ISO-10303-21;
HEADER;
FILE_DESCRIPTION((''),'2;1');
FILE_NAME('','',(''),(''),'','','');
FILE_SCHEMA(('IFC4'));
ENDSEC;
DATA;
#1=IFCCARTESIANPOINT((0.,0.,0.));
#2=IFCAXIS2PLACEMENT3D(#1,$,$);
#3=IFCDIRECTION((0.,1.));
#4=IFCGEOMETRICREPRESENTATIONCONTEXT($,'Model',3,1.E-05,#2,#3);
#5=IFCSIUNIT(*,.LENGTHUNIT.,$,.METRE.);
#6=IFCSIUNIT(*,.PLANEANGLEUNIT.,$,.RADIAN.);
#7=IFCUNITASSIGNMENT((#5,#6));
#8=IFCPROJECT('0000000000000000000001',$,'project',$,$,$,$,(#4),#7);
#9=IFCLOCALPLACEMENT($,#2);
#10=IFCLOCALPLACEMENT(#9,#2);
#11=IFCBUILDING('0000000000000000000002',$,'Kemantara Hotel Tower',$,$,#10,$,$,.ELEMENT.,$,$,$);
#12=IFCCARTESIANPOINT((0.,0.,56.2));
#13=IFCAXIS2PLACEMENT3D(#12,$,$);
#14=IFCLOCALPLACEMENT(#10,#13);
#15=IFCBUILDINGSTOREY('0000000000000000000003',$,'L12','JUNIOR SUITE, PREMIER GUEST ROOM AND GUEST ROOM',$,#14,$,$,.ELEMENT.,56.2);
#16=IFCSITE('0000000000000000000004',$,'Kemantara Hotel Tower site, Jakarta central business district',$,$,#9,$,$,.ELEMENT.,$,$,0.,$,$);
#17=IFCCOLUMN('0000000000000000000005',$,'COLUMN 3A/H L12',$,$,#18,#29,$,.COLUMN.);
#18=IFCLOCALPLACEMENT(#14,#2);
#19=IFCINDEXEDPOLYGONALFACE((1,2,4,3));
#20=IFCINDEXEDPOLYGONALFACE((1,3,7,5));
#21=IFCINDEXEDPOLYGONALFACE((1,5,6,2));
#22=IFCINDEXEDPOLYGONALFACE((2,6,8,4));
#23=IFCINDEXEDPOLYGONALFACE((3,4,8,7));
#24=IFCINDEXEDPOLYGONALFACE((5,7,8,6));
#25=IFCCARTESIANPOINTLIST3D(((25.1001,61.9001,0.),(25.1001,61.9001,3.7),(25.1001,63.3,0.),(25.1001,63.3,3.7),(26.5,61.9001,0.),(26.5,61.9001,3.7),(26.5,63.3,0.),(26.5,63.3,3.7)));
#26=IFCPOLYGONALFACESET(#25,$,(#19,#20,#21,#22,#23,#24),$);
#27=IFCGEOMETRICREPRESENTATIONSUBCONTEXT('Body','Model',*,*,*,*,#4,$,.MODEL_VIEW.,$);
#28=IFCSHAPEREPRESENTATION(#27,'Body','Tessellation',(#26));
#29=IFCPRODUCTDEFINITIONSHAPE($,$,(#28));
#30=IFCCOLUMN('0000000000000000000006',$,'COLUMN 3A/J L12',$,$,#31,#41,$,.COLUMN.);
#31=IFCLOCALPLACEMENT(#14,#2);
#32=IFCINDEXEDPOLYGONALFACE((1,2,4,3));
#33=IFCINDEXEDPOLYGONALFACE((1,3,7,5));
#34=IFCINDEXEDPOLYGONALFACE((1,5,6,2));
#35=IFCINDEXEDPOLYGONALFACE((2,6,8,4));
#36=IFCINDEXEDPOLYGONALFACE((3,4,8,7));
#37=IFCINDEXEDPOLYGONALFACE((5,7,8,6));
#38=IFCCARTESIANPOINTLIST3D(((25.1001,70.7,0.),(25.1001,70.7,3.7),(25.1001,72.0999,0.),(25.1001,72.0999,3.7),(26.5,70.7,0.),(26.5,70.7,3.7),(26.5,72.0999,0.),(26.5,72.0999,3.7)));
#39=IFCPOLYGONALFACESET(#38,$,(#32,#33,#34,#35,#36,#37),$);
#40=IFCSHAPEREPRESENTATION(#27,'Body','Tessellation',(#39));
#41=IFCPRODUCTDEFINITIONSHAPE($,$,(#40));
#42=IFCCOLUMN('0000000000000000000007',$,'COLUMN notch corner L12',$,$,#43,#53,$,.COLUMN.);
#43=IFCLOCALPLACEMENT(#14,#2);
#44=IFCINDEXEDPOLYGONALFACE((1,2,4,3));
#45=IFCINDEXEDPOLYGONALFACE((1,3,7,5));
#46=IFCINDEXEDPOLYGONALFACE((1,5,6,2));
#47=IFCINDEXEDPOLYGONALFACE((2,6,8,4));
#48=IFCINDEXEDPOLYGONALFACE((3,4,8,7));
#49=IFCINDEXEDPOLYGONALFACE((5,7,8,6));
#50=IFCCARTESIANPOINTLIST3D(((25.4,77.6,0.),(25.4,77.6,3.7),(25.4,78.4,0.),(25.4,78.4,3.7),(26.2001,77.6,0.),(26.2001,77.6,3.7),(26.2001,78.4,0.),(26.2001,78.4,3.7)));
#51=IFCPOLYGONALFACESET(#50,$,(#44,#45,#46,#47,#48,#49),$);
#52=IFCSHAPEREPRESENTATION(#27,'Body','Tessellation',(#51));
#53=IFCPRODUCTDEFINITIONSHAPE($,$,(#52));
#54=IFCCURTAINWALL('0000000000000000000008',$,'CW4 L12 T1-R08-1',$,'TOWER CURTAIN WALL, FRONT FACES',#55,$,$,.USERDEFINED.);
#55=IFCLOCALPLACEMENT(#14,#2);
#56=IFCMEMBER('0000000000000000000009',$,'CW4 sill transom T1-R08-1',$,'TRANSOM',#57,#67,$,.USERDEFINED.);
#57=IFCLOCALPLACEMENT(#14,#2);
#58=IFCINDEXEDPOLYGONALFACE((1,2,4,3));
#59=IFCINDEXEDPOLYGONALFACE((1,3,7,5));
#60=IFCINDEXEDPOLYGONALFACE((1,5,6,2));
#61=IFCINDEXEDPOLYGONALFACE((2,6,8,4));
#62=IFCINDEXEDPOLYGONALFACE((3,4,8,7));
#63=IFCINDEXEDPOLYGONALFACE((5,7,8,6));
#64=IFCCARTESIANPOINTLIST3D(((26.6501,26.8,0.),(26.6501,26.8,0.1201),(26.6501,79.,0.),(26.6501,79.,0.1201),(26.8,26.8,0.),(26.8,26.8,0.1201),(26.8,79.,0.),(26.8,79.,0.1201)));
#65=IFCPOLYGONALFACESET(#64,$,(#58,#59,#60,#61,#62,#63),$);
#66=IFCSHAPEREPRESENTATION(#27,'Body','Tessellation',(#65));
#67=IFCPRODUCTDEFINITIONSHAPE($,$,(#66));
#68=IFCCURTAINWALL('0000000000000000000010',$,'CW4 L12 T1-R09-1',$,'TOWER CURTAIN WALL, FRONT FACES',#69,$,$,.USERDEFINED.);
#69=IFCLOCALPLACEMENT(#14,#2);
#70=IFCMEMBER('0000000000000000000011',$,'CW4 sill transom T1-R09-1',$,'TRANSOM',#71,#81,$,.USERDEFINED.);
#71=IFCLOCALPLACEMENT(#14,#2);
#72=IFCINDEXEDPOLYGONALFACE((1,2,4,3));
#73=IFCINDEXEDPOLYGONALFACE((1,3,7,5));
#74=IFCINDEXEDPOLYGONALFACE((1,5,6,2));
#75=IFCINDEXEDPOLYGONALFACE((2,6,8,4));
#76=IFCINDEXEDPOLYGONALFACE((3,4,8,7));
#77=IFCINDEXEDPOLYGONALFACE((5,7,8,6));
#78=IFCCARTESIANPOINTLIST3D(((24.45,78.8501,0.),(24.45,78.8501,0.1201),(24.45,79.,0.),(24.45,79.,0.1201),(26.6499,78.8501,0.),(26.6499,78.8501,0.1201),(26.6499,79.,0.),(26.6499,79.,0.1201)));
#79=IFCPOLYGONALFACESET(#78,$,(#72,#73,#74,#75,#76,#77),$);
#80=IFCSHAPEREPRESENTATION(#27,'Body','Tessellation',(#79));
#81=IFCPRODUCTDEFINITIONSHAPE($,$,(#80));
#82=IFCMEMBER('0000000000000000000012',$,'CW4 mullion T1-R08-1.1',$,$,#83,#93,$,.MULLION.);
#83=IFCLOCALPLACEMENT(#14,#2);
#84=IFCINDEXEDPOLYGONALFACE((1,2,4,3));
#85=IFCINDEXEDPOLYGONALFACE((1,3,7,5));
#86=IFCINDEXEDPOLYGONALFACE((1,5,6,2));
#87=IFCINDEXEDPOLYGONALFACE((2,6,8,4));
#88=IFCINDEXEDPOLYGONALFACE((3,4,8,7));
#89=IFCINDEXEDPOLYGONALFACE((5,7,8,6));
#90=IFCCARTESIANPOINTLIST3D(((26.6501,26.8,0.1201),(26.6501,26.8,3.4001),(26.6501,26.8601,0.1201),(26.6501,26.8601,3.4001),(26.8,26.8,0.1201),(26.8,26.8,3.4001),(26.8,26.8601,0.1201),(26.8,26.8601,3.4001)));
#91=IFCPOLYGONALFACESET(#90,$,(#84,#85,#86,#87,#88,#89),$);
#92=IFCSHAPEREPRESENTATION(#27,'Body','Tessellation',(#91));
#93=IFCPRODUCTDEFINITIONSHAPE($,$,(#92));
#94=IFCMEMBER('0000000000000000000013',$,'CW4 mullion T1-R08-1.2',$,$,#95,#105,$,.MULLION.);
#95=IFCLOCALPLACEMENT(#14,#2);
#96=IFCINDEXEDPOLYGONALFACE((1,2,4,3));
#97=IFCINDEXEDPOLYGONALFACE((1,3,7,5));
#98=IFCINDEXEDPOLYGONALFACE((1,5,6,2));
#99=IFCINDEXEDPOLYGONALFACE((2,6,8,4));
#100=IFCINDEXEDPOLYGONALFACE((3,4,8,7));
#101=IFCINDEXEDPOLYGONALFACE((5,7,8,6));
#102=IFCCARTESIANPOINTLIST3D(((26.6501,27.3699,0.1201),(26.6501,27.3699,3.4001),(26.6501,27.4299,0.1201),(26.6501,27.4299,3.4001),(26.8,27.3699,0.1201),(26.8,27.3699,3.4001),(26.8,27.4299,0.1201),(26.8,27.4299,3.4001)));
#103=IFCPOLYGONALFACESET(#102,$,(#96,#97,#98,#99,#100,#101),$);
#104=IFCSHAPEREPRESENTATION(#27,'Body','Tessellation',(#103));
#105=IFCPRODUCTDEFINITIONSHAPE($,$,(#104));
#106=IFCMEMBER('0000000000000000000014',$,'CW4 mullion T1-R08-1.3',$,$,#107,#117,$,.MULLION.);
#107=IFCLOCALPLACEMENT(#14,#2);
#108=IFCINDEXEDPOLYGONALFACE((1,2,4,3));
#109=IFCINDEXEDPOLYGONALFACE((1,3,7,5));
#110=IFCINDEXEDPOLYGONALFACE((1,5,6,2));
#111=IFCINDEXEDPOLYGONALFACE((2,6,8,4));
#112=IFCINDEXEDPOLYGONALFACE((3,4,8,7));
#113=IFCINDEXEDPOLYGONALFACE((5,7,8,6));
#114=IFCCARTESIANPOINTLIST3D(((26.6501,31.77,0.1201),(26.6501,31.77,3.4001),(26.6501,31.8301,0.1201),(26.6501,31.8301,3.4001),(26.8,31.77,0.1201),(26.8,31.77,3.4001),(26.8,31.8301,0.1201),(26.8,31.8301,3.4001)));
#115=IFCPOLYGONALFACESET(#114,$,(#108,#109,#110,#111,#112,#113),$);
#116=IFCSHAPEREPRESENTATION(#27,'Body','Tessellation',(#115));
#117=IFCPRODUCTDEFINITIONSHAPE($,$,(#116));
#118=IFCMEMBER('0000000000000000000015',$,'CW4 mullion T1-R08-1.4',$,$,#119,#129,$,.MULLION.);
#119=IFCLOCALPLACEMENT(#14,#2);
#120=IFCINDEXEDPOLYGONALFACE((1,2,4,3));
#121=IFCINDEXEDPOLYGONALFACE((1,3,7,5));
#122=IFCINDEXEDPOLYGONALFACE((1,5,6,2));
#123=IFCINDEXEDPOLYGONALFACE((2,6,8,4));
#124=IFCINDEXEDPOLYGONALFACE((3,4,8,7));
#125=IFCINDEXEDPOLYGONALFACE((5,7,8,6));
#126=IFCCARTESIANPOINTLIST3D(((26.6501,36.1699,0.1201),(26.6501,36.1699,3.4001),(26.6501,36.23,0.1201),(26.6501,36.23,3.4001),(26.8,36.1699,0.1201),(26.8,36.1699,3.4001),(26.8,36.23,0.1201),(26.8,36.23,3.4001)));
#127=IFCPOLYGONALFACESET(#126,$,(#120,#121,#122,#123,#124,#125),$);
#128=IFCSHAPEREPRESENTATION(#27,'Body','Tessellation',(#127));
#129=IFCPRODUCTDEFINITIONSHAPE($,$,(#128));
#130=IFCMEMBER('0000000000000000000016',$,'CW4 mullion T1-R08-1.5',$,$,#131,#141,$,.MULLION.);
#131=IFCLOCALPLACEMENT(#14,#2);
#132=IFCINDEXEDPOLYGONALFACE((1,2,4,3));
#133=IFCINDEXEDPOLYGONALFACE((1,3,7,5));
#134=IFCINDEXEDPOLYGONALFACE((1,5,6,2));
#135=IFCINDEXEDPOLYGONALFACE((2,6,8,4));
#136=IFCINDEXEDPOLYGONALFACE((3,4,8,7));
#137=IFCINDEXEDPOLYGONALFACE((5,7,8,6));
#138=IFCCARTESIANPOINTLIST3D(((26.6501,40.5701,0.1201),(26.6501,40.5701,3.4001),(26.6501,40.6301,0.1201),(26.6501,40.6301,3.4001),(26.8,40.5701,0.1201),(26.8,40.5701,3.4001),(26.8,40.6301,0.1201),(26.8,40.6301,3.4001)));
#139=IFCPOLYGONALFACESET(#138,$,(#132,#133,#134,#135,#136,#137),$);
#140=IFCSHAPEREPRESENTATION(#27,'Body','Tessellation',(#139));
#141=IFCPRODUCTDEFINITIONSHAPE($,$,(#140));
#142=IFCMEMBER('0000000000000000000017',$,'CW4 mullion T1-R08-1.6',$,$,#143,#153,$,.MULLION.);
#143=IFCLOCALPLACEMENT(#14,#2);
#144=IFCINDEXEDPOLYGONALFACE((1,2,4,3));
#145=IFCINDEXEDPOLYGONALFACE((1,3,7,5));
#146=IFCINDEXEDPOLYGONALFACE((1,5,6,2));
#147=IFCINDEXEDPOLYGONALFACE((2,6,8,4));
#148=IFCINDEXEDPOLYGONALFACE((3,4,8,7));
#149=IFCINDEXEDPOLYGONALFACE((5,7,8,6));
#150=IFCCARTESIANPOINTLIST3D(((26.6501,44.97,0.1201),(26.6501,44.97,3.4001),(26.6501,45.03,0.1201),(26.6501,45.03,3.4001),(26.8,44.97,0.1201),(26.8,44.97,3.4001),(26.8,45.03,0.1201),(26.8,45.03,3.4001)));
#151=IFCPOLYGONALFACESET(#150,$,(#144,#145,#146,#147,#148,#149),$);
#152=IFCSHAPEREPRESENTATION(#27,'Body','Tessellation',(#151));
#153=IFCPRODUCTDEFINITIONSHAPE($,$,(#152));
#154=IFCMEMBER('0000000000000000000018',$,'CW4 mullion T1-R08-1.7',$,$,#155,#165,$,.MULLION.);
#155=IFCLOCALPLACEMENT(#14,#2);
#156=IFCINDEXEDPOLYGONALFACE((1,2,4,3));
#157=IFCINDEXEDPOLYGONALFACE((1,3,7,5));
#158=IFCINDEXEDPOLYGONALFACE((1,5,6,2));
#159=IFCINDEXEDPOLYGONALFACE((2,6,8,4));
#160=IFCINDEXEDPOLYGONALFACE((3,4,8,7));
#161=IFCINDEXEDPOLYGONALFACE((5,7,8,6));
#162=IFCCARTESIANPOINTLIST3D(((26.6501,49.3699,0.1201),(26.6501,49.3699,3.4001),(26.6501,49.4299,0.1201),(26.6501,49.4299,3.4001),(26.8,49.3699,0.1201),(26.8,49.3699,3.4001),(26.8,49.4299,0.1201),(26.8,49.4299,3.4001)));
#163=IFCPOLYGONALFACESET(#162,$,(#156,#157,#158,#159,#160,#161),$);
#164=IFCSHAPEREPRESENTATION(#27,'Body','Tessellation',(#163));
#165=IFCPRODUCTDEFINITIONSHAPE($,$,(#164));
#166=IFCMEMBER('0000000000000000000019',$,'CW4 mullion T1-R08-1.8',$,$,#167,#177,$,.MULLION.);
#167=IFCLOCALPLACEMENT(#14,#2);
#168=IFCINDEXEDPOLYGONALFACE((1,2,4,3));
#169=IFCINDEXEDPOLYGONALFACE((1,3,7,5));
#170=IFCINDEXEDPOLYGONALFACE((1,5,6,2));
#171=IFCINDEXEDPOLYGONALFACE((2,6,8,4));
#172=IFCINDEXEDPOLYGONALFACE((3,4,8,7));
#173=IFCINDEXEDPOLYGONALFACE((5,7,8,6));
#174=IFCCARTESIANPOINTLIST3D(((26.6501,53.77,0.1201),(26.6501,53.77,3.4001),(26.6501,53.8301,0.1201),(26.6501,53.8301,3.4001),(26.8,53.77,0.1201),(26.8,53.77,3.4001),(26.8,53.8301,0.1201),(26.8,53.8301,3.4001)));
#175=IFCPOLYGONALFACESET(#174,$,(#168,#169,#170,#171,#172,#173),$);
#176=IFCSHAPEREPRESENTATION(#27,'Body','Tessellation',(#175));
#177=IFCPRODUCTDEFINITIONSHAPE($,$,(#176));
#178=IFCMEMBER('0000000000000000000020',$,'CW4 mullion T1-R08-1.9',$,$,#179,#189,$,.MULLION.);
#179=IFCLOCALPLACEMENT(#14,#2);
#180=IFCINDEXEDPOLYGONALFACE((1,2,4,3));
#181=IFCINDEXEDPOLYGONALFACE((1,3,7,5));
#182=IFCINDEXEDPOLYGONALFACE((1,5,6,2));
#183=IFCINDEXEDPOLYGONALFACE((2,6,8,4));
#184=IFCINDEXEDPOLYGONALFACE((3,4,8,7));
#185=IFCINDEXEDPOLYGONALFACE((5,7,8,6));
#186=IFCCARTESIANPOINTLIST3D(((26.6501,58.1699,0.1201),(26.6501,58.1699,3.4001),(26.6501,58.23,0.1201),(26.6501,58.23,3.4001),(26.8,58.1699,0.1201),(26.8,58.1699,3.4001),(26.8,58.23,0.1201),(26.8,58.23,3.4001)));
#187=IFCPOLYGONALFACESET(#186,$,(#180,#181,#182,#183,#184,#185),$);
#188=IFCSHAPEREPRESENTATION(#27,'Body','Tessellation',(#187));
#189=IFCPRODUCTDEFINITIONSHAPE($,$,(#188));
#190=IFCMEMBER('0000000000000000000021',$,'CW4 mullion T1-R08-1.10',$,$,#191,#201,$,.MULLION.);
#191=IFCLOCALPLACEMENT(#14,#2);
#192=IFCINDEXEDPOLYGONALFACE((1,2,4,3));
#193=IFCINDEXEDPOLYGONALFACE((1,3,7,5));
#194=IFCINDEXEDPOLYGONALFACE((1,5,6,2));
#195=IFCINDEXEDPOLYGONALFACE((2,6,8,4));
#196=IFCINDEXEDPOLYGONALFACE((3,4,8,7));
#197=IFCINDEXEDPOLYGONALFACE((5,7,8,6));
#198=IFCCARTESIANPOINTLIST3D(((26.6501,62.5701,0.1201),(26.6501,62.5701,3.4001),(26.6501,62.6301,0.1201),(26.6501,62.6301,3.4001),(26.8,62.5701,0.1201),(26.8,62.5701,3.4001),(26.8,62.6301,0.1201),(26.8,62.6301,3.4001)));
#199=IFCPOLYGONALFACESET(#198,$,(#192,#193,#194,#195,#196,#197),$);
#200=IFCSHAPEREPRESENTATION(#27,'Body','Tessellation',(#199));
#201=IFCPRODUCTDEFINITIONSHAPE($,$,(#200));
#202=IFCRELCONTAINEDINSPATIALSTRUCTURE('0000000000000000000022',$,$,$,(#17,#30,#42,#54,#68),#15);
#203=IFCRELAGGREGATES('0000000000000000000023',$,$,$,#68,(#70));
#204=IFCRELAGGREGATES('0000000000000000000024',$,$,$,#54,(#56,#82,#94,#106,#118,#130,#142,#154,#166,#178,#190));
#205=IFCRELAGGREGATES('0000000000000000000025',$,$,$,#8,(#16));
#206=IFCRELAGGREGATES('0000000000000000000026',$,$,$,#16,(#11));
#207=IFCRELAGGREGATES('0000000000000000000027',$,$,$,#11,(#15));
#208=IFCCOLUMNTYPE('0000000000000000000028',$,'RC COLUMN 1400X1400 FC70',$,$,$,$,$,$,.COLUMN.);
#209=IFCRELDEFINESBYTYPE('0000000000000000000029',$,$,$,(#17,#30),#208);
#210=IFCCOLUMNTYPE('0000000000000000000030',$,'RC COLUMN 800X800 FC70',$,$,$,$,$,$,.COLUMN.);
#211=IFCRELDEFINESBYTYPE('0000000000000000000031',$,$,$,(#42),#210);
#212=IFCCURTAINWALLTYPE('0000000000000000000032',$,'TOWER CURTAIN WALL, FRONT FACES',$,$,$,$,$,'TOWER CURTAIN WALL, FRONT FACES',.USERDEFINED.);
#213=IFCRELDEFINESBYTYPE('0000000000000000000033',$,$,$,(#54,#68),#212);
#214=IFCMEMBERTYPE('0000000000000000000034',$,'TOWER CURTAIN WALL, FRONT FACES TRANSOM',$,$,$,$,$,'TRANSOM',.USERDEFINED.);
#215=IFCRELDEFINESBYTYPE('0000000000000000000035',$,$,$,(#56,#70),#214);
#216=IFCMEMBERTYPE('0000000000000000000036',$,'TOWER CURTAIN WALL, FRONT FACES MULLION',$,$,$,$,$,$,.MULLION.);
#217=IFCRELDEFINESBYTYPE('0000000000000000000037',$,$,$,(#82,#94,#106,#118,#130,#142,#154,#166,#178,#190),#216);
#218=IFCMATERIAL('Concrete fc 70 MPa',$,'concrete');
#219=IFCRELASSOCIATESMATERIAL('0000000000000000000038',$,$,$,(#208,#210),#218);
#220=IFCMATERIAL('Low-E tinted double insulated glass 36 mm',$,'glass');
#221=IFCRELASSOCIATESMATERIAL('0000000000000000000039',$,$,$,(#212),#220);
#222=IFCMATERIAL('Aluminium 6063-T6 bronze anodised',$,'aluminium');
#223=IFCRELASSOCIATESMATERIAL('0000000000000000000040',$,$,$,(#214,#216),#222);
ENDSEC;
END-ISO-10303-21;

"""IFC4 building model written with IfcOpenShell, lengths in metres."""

from ifc_helpers import new_model, si_unit, direction, frame, origin, origin_2d, place, context, subcontext, project, spatial, rectangle, extrude, source, transform, mapped, material, material_profile, profile_set, type_object, element, aggregate, save


model = new_model("IFC4")

# Units and contexts
model_context = context("Model", 3, precision=1e-05, world=origin(), true_north=direction((0.0, 1.0)))
body_context = subcontext(model_context, "Body", "Model", "MODEL_VIEW")
ifc_project = project(units=[si_unit("LENGTHUNIT", "METRE"), si_unit("PLANEANGLEUNIT", "RADIAN")], contexts=[model_context])

# Site, building, storey
site_placement = place(None, origin())
site = spatial("IfcSite", under=ifc_project, at=site_placement, Name="Kemantara Hotel Tower site, Jakarta central business district", CompositionType="ELEMENT", RefElevation=0.0)
building_placement = place(site_placement, origin())
building = spatial("IfcBuilding", under=site, at=building_placement, Name="Kemantara Hotel Tower", CompositionType="ELEMENT")
storey_placement = place(building_placement, frame((0.0, 0.0, 56.2)))
storey = spatial("IfcBuildingStorey", under=building, at=storey_placement, Name="L12", Description="JUNIOR SUITE, PREMIER GUEST ROOM AND GUEST ROOM", CompositionType="ELEMENT", Elevation=56.2)

# Columns
ifc_material_1 = material(Name="Concrete fc 70 MPa", Category="concrete")
ifc_material_profile_1 = material_profile(ifc_material_1, rectangle(XDim=1.3999, YDim=1.3999, at=origin_2d()), Name="RC 1400X1400")
ifc_profile_set_1 = profile_set([ifc_material_profile_1], Name="Concrete fc 70 MPa")
column_type_1 = type_object("IfcColumnType", Name="RC COLUMN 1400X1400 FC70", PredefinedType="COLUMN", material=ifc_profile_set_1)
for number, where, z_axis, x_axis, name in (
    (1, (25.8, 62.6001, 0.0), (0.0, 0.0, 1.0), (1.0, 0.0, 0.0), "COLUMN 3A/H L12"),
    (2, (25.8, 71.3999, 0.0), (0.0, 0.0, 1.0), (1.0, 0.0, 0.0), "COLUMN 3A/J L12"),
):
    element("IfcColumn", number, at=place(storey_placement, frame(where, z_axis=z_axis, x_axis=x_axis)), inside=storey, type_object=column_type_1, Name=name, PredefinedType="COLUMN", context=body_context, shape_type="SweptSolid", body=[
        extrude(rectangle(XDim=1.3999, YDim=1.3999, at=origin_2d()), origin(), (0.0, 0.0, 1.0), 3.7),
    ])
ifc_material_profile_2 = material_profile(ifc_material_1, rectangle(XDim=0.8, YDim=0.8, at=origin_2d()), Name="RC 800X800")
ifc_profile_set_2 = profile_set([ifc_material_profile_2], Name="Concrete fc 70 MPa")
column_type_2 = type_object("IfcColumnType", Name="RC COLUMN 800X800 FC70", PredefinedType="COLUMN", material=ifc_profile_set_2)
column_placement = place(storey_placement, frame((25.8, 78.0, 0.0), z_axis=(0.0, 0.0, 1.0), x_axis=(1.0, 0.0, 0.0)))
element("IfcColumn", 3, at=column_placement, inside=storey, type_object=column_type_2, Name="COLUMN notch corner L12", PredefinedType="COLUMN", context=body_context, shape_type="SweptSolid", body=[
    extrude(rectangle(XDim=0.8, YDim=0.8, at=origin_2d()), origin(), (0.0, 0.0, 1.0), 3.7),
])

# Curtain walls, members
ifc_material_2 = material(Name="Low-E tinted double insulated glass 36 mm", Category="glass")
curtain_wall_type = type_object("IfcCurtainWallType", Name="TOWER CURTAIN WALL, FRONT FACES", ElementType="TOWER CURTAIN WALL, FRONT FACES", PredefinedType="USERDEFINED", material=ifc_material_2)
curtain_wall_1_placement = place(storey_placement, origin())
curtain_wall_1 = element("IfcCurtainWall", 4, at=curtain_wall_1_placement, inside=storey, type_object=curtain_wall_type, Name="CW4 L12 T1-R08-1", ObjectType="TOWER CURTAIN WALL, FRONT FACES", PredefinedType="USERDEFINED")
ifc_material_3 = material(Name="Aluminium 6063-T6 bronze anodised", Category="aluminium")
ifc_material_profile_3 = material_profile(ifc_material_3, rectangle(XDim=0.1499, YDim=0.1201, at=origin_2d()), Name="TOWER CURTAIN WALL, FRONT FACES TRANSOM")
ifc_profile_set_3 = profile_set([ifc_material_profile_3], Name="Aluminium 6063-T6 bronze anodised")
member_type_1 = type_object("IfcMemberType", Name="TOWER CURTAIN WALL, FRONT FACES TRANSOM", ElementType="TRANSOM", PredefinedType="USERDEFINED", material=ifc_profile_set_3)
member_1_placement = place(storey_placement, frame((26.7251, 26.8, 0.0601), z_axis=(0.0, 1.0, 0.0), x_axis=(-1.0, 0.0, 0.0)))
member_1 = element("IfcMember", 5, at=member_1_placement, type_object=member_type_1, Name="CW4 sill transom T1-R08-1", ObjectType="TRANSOM", PredefinedType="USERDEFINED", context=body_context, shape_type="SweptSolid", body=[
    extrude(rectangle(XDim=0.1499, YDim=0.1201, at=origin_2d()), origin(), (0.0, 0.0, 1.0), 52.2),
])
curtain_wall_2_placement = place(storey_placement, origin())
curtain_wall_2 = element("IfcCurtainWall", 6, at=curtain_wall_2_placement, inside=storey, type_object=curtain_wall_type, Name="CW4 L12 T1-R09-1", ObjectType="TOWER CURTAIN WALL, FRONT FACES", PredefinedType="USERDEFINED")
member_2_placement = place(storey_placement, frame((26.6499, 78.925, 0.0601), z_axis=(-1.0, 0.0, 0.0), x_axis=(0.0, -1.0, 0.0)))
member_2 = element("IfcMember", 7, at=member_2_placement, type_object=member_type_1, Name="CW4 sill transom T1-R09-1", ObjectType="TRANSOM", PredefinedType="USERDEFINED", context=body_context, shape_type="SweptSolid", body=[
    extrude(rectangle(XDim=0.1499, YDim=0.1201, at=origin_2d()), origin(), (0.0, 0.0, 1.0), 2.2),
])

# Members
ifc_material_profile_4 = material_profile(ifc_material_3, rectangle(XDim=0.1499, YDim=0.0601, at=origin_2d()), Name="TOWER CURTAIN WALL, FRONT FACES MULLION")
ifc_profile_set_4 = profile_set([ifc_material_profile_4], Name="Aluminium 6063-T6 bronze anodised")
member_type_2 = type_object("IfcMemberType", Name="TOWER CURTAIN WALL, FRONT FACES MULLION", PredefinedType="MULLION", material=ifc_profile_set_4)
shared_shape_1 = source(origin(), body_context, "Body", "SweptSolid", [
    extrude(rectangle(XDim=0.1499, YDim=0.0601, at=origin_2d()), origin(), (0.0, 0.0, 1.0), 3.28),
])
member_3_placement = place(storey_placement, frame((26.7251, 26.8301, 0.1201), z_axis=(0.0, 0.0, 1.0), x_axis=(-1.0, 0.0, 0.0)))
member_3 = element("IfcMember", 8, at=member_3_placement, type_object=member_type_2, Name="CW4 mullion T1-R08-1.1", PredefinedType="MULLION", context=body_context, shape_type="MappedRepresentation", body=[
    mapped(shared_shape_1, transform((0.0, 0.0, 0.0))),
])
member_4_placement = place(storey_placement, frame((26.7251, 27.3999, 0.1201), z_axis=(0.0, 0.0, 1.0), x_axis=(-1.0, 0.0, 0.0)))
member_4 = element("IfcMember", 9, at=member_4_placement, type_object=member_type_2, Name="CW4 mullion T1-R08-1.2", PredefinedType="MULLION", context=body_context, shape_type="MappedRepresentation", body=[
    mapped(shared_shape_1, transform((0.0, 0.0, 0.0))),
])
member_5_placement = place(storey_placement, frame((26.7251, 31.8, 0.1201), z_axis=(0.0, 0.0, 1.0), x_axis=(-1.0, 0.0, 0.0)))
member_5 = element("IfcMember", 10, at=member_5_placement, type_object=member_type_2, Name="CW4 mullion T1-R08-1.3", PredefinedType="MULLION", context=body_context, shape_type="MappedRepresentation", body=[
    mapped(shared_shape_1, transform((0.0, 0.0, 0.0))),
])
member_6_placement = place(storey_placement, frame((26.7251, 36.2, 0.1201), z_axis=(0.0, 0.0, 1.0), x_axis=(-1.0, 0.0, 0.0)))
member_6 = element("IfcMember", 11, at=member_6_placement, type_object=member_type_2, Name="CW4 mullion T1-R08-1.4", PredefinedType="MULLION", context=body_context, shape_type="MappedRepresentation", body=[
    mapped(shared_shape_1, transform((0.0, 0.0, 0.0))),
])
member_7_placement = place(storey_placement, frame((26.7251, 40.6001, 0.1201), z_axis=(0.0, 0.0, 1.0), x_axis=(-1.0, 0.0, 0.0)))
member_7 = element("IfcMember", 12, at=member_7_placement, type_object=member_type_2, Name="CW4 mullion T1-R08-1.5", PredefinedType="MULLION", context=body_context, shape_type="MappedRepresentation", body=[
    mapped(shared_shape_1, transform((0.0, 0.0, 0.0))),
])
member_8_placement = place(storey_placement, frame((26.7251, 45.0, 0.1201), z_axis=(0.0, 0.0, 1.0), x_axis=(-1.0, 0.0, 0.0)))
member_8 = element("IfcMember", 13, at=member_8_placement, type_object=member_type_2, Name="CW4 mullion T1-R08-1.6", PredefinedType="MULLION", context=body_context, shape_type="MappedRepresentation", body=[
    mapped(shared_shape_1, transform((0.0, 0.0, 0.0))),
])
member_9_placement = place(storey_placement, frame((26.7251, 49.3999, 0.1201), z_axis=(0.0, 0.0, 1.0), x_axis=(-1.0, 0.0, 0.0)))
member_9 = element("IfcMember", 14, at=member_9_placement, type_object=member_type_2, Name="CW4 mullion T1-R08-1.7", PredefinedType="MULLION", context=body_context, shape_type="MappedRepresentation", body=[
    mapped(shared_shape_1, transform((0.0, 0.0, 0.0))),
])
member_10_placement = place(storey_placement, frame((26.7251, 53.8, 0.1201), z_axis=(0.0, 0.0, 1.0), x_axis=(-1.0, 0.0, 0.0)))
member_10 = element("IfcMember", 15, at=member_10_placement, type_object=member_type_2, Name="CW4 mullion T1-R08-1.8", PredefinedType="MULLION", context=body_context, shape_type="MappedRepresentation", body=[
    mapped(shared_shape_1, transform((0.0, 0.0, 0.0))),
])
member_11_placement = place(storey_placement, frame((26.7251, 58.2, 0.1201), z_axis=(0.0, 0.0, 1.0), x_axis=(-1.0, 0.0, 0.0)))
member_11 = element("IfcMember", 16, at=member_11_placement, type_object=member_type_2, Name="CW4 mullion T1-R08-1.9", PredefinedType="MULLION", context=body_context, shape_type="MappedRepresentation", body=[
    mapped(shared_shape_1, transform((0.0, 0.0, 0.0))),
])
member_12_placement = place(storey_placement, frame((26.7251, 62.6001, 0.1201), z_axis=(0.0, 0.0, 1.0), x_axis=(-1.0, 0.0, 0.0)))
member_12 = element("IfcMember", 17, at=member_12_placement, type_object=member_type_2, Name="CW4 mullion T1-R08-1.10", PredefinedType="MULLION", context=body_context, shape_type="MappedRepresentation", body=[
    mapped(shared_shape_1, transform((0.0, 0.0, 0.0))),
])
aggregate(curtain_wall_2, [member_2])

aggregate(curtain_wall_1, [member_1, member_3, member_4, member_5, member_6, member_7, member_8, member_9, member_10, member_11, member_12])

save(model, "model.ifc")
